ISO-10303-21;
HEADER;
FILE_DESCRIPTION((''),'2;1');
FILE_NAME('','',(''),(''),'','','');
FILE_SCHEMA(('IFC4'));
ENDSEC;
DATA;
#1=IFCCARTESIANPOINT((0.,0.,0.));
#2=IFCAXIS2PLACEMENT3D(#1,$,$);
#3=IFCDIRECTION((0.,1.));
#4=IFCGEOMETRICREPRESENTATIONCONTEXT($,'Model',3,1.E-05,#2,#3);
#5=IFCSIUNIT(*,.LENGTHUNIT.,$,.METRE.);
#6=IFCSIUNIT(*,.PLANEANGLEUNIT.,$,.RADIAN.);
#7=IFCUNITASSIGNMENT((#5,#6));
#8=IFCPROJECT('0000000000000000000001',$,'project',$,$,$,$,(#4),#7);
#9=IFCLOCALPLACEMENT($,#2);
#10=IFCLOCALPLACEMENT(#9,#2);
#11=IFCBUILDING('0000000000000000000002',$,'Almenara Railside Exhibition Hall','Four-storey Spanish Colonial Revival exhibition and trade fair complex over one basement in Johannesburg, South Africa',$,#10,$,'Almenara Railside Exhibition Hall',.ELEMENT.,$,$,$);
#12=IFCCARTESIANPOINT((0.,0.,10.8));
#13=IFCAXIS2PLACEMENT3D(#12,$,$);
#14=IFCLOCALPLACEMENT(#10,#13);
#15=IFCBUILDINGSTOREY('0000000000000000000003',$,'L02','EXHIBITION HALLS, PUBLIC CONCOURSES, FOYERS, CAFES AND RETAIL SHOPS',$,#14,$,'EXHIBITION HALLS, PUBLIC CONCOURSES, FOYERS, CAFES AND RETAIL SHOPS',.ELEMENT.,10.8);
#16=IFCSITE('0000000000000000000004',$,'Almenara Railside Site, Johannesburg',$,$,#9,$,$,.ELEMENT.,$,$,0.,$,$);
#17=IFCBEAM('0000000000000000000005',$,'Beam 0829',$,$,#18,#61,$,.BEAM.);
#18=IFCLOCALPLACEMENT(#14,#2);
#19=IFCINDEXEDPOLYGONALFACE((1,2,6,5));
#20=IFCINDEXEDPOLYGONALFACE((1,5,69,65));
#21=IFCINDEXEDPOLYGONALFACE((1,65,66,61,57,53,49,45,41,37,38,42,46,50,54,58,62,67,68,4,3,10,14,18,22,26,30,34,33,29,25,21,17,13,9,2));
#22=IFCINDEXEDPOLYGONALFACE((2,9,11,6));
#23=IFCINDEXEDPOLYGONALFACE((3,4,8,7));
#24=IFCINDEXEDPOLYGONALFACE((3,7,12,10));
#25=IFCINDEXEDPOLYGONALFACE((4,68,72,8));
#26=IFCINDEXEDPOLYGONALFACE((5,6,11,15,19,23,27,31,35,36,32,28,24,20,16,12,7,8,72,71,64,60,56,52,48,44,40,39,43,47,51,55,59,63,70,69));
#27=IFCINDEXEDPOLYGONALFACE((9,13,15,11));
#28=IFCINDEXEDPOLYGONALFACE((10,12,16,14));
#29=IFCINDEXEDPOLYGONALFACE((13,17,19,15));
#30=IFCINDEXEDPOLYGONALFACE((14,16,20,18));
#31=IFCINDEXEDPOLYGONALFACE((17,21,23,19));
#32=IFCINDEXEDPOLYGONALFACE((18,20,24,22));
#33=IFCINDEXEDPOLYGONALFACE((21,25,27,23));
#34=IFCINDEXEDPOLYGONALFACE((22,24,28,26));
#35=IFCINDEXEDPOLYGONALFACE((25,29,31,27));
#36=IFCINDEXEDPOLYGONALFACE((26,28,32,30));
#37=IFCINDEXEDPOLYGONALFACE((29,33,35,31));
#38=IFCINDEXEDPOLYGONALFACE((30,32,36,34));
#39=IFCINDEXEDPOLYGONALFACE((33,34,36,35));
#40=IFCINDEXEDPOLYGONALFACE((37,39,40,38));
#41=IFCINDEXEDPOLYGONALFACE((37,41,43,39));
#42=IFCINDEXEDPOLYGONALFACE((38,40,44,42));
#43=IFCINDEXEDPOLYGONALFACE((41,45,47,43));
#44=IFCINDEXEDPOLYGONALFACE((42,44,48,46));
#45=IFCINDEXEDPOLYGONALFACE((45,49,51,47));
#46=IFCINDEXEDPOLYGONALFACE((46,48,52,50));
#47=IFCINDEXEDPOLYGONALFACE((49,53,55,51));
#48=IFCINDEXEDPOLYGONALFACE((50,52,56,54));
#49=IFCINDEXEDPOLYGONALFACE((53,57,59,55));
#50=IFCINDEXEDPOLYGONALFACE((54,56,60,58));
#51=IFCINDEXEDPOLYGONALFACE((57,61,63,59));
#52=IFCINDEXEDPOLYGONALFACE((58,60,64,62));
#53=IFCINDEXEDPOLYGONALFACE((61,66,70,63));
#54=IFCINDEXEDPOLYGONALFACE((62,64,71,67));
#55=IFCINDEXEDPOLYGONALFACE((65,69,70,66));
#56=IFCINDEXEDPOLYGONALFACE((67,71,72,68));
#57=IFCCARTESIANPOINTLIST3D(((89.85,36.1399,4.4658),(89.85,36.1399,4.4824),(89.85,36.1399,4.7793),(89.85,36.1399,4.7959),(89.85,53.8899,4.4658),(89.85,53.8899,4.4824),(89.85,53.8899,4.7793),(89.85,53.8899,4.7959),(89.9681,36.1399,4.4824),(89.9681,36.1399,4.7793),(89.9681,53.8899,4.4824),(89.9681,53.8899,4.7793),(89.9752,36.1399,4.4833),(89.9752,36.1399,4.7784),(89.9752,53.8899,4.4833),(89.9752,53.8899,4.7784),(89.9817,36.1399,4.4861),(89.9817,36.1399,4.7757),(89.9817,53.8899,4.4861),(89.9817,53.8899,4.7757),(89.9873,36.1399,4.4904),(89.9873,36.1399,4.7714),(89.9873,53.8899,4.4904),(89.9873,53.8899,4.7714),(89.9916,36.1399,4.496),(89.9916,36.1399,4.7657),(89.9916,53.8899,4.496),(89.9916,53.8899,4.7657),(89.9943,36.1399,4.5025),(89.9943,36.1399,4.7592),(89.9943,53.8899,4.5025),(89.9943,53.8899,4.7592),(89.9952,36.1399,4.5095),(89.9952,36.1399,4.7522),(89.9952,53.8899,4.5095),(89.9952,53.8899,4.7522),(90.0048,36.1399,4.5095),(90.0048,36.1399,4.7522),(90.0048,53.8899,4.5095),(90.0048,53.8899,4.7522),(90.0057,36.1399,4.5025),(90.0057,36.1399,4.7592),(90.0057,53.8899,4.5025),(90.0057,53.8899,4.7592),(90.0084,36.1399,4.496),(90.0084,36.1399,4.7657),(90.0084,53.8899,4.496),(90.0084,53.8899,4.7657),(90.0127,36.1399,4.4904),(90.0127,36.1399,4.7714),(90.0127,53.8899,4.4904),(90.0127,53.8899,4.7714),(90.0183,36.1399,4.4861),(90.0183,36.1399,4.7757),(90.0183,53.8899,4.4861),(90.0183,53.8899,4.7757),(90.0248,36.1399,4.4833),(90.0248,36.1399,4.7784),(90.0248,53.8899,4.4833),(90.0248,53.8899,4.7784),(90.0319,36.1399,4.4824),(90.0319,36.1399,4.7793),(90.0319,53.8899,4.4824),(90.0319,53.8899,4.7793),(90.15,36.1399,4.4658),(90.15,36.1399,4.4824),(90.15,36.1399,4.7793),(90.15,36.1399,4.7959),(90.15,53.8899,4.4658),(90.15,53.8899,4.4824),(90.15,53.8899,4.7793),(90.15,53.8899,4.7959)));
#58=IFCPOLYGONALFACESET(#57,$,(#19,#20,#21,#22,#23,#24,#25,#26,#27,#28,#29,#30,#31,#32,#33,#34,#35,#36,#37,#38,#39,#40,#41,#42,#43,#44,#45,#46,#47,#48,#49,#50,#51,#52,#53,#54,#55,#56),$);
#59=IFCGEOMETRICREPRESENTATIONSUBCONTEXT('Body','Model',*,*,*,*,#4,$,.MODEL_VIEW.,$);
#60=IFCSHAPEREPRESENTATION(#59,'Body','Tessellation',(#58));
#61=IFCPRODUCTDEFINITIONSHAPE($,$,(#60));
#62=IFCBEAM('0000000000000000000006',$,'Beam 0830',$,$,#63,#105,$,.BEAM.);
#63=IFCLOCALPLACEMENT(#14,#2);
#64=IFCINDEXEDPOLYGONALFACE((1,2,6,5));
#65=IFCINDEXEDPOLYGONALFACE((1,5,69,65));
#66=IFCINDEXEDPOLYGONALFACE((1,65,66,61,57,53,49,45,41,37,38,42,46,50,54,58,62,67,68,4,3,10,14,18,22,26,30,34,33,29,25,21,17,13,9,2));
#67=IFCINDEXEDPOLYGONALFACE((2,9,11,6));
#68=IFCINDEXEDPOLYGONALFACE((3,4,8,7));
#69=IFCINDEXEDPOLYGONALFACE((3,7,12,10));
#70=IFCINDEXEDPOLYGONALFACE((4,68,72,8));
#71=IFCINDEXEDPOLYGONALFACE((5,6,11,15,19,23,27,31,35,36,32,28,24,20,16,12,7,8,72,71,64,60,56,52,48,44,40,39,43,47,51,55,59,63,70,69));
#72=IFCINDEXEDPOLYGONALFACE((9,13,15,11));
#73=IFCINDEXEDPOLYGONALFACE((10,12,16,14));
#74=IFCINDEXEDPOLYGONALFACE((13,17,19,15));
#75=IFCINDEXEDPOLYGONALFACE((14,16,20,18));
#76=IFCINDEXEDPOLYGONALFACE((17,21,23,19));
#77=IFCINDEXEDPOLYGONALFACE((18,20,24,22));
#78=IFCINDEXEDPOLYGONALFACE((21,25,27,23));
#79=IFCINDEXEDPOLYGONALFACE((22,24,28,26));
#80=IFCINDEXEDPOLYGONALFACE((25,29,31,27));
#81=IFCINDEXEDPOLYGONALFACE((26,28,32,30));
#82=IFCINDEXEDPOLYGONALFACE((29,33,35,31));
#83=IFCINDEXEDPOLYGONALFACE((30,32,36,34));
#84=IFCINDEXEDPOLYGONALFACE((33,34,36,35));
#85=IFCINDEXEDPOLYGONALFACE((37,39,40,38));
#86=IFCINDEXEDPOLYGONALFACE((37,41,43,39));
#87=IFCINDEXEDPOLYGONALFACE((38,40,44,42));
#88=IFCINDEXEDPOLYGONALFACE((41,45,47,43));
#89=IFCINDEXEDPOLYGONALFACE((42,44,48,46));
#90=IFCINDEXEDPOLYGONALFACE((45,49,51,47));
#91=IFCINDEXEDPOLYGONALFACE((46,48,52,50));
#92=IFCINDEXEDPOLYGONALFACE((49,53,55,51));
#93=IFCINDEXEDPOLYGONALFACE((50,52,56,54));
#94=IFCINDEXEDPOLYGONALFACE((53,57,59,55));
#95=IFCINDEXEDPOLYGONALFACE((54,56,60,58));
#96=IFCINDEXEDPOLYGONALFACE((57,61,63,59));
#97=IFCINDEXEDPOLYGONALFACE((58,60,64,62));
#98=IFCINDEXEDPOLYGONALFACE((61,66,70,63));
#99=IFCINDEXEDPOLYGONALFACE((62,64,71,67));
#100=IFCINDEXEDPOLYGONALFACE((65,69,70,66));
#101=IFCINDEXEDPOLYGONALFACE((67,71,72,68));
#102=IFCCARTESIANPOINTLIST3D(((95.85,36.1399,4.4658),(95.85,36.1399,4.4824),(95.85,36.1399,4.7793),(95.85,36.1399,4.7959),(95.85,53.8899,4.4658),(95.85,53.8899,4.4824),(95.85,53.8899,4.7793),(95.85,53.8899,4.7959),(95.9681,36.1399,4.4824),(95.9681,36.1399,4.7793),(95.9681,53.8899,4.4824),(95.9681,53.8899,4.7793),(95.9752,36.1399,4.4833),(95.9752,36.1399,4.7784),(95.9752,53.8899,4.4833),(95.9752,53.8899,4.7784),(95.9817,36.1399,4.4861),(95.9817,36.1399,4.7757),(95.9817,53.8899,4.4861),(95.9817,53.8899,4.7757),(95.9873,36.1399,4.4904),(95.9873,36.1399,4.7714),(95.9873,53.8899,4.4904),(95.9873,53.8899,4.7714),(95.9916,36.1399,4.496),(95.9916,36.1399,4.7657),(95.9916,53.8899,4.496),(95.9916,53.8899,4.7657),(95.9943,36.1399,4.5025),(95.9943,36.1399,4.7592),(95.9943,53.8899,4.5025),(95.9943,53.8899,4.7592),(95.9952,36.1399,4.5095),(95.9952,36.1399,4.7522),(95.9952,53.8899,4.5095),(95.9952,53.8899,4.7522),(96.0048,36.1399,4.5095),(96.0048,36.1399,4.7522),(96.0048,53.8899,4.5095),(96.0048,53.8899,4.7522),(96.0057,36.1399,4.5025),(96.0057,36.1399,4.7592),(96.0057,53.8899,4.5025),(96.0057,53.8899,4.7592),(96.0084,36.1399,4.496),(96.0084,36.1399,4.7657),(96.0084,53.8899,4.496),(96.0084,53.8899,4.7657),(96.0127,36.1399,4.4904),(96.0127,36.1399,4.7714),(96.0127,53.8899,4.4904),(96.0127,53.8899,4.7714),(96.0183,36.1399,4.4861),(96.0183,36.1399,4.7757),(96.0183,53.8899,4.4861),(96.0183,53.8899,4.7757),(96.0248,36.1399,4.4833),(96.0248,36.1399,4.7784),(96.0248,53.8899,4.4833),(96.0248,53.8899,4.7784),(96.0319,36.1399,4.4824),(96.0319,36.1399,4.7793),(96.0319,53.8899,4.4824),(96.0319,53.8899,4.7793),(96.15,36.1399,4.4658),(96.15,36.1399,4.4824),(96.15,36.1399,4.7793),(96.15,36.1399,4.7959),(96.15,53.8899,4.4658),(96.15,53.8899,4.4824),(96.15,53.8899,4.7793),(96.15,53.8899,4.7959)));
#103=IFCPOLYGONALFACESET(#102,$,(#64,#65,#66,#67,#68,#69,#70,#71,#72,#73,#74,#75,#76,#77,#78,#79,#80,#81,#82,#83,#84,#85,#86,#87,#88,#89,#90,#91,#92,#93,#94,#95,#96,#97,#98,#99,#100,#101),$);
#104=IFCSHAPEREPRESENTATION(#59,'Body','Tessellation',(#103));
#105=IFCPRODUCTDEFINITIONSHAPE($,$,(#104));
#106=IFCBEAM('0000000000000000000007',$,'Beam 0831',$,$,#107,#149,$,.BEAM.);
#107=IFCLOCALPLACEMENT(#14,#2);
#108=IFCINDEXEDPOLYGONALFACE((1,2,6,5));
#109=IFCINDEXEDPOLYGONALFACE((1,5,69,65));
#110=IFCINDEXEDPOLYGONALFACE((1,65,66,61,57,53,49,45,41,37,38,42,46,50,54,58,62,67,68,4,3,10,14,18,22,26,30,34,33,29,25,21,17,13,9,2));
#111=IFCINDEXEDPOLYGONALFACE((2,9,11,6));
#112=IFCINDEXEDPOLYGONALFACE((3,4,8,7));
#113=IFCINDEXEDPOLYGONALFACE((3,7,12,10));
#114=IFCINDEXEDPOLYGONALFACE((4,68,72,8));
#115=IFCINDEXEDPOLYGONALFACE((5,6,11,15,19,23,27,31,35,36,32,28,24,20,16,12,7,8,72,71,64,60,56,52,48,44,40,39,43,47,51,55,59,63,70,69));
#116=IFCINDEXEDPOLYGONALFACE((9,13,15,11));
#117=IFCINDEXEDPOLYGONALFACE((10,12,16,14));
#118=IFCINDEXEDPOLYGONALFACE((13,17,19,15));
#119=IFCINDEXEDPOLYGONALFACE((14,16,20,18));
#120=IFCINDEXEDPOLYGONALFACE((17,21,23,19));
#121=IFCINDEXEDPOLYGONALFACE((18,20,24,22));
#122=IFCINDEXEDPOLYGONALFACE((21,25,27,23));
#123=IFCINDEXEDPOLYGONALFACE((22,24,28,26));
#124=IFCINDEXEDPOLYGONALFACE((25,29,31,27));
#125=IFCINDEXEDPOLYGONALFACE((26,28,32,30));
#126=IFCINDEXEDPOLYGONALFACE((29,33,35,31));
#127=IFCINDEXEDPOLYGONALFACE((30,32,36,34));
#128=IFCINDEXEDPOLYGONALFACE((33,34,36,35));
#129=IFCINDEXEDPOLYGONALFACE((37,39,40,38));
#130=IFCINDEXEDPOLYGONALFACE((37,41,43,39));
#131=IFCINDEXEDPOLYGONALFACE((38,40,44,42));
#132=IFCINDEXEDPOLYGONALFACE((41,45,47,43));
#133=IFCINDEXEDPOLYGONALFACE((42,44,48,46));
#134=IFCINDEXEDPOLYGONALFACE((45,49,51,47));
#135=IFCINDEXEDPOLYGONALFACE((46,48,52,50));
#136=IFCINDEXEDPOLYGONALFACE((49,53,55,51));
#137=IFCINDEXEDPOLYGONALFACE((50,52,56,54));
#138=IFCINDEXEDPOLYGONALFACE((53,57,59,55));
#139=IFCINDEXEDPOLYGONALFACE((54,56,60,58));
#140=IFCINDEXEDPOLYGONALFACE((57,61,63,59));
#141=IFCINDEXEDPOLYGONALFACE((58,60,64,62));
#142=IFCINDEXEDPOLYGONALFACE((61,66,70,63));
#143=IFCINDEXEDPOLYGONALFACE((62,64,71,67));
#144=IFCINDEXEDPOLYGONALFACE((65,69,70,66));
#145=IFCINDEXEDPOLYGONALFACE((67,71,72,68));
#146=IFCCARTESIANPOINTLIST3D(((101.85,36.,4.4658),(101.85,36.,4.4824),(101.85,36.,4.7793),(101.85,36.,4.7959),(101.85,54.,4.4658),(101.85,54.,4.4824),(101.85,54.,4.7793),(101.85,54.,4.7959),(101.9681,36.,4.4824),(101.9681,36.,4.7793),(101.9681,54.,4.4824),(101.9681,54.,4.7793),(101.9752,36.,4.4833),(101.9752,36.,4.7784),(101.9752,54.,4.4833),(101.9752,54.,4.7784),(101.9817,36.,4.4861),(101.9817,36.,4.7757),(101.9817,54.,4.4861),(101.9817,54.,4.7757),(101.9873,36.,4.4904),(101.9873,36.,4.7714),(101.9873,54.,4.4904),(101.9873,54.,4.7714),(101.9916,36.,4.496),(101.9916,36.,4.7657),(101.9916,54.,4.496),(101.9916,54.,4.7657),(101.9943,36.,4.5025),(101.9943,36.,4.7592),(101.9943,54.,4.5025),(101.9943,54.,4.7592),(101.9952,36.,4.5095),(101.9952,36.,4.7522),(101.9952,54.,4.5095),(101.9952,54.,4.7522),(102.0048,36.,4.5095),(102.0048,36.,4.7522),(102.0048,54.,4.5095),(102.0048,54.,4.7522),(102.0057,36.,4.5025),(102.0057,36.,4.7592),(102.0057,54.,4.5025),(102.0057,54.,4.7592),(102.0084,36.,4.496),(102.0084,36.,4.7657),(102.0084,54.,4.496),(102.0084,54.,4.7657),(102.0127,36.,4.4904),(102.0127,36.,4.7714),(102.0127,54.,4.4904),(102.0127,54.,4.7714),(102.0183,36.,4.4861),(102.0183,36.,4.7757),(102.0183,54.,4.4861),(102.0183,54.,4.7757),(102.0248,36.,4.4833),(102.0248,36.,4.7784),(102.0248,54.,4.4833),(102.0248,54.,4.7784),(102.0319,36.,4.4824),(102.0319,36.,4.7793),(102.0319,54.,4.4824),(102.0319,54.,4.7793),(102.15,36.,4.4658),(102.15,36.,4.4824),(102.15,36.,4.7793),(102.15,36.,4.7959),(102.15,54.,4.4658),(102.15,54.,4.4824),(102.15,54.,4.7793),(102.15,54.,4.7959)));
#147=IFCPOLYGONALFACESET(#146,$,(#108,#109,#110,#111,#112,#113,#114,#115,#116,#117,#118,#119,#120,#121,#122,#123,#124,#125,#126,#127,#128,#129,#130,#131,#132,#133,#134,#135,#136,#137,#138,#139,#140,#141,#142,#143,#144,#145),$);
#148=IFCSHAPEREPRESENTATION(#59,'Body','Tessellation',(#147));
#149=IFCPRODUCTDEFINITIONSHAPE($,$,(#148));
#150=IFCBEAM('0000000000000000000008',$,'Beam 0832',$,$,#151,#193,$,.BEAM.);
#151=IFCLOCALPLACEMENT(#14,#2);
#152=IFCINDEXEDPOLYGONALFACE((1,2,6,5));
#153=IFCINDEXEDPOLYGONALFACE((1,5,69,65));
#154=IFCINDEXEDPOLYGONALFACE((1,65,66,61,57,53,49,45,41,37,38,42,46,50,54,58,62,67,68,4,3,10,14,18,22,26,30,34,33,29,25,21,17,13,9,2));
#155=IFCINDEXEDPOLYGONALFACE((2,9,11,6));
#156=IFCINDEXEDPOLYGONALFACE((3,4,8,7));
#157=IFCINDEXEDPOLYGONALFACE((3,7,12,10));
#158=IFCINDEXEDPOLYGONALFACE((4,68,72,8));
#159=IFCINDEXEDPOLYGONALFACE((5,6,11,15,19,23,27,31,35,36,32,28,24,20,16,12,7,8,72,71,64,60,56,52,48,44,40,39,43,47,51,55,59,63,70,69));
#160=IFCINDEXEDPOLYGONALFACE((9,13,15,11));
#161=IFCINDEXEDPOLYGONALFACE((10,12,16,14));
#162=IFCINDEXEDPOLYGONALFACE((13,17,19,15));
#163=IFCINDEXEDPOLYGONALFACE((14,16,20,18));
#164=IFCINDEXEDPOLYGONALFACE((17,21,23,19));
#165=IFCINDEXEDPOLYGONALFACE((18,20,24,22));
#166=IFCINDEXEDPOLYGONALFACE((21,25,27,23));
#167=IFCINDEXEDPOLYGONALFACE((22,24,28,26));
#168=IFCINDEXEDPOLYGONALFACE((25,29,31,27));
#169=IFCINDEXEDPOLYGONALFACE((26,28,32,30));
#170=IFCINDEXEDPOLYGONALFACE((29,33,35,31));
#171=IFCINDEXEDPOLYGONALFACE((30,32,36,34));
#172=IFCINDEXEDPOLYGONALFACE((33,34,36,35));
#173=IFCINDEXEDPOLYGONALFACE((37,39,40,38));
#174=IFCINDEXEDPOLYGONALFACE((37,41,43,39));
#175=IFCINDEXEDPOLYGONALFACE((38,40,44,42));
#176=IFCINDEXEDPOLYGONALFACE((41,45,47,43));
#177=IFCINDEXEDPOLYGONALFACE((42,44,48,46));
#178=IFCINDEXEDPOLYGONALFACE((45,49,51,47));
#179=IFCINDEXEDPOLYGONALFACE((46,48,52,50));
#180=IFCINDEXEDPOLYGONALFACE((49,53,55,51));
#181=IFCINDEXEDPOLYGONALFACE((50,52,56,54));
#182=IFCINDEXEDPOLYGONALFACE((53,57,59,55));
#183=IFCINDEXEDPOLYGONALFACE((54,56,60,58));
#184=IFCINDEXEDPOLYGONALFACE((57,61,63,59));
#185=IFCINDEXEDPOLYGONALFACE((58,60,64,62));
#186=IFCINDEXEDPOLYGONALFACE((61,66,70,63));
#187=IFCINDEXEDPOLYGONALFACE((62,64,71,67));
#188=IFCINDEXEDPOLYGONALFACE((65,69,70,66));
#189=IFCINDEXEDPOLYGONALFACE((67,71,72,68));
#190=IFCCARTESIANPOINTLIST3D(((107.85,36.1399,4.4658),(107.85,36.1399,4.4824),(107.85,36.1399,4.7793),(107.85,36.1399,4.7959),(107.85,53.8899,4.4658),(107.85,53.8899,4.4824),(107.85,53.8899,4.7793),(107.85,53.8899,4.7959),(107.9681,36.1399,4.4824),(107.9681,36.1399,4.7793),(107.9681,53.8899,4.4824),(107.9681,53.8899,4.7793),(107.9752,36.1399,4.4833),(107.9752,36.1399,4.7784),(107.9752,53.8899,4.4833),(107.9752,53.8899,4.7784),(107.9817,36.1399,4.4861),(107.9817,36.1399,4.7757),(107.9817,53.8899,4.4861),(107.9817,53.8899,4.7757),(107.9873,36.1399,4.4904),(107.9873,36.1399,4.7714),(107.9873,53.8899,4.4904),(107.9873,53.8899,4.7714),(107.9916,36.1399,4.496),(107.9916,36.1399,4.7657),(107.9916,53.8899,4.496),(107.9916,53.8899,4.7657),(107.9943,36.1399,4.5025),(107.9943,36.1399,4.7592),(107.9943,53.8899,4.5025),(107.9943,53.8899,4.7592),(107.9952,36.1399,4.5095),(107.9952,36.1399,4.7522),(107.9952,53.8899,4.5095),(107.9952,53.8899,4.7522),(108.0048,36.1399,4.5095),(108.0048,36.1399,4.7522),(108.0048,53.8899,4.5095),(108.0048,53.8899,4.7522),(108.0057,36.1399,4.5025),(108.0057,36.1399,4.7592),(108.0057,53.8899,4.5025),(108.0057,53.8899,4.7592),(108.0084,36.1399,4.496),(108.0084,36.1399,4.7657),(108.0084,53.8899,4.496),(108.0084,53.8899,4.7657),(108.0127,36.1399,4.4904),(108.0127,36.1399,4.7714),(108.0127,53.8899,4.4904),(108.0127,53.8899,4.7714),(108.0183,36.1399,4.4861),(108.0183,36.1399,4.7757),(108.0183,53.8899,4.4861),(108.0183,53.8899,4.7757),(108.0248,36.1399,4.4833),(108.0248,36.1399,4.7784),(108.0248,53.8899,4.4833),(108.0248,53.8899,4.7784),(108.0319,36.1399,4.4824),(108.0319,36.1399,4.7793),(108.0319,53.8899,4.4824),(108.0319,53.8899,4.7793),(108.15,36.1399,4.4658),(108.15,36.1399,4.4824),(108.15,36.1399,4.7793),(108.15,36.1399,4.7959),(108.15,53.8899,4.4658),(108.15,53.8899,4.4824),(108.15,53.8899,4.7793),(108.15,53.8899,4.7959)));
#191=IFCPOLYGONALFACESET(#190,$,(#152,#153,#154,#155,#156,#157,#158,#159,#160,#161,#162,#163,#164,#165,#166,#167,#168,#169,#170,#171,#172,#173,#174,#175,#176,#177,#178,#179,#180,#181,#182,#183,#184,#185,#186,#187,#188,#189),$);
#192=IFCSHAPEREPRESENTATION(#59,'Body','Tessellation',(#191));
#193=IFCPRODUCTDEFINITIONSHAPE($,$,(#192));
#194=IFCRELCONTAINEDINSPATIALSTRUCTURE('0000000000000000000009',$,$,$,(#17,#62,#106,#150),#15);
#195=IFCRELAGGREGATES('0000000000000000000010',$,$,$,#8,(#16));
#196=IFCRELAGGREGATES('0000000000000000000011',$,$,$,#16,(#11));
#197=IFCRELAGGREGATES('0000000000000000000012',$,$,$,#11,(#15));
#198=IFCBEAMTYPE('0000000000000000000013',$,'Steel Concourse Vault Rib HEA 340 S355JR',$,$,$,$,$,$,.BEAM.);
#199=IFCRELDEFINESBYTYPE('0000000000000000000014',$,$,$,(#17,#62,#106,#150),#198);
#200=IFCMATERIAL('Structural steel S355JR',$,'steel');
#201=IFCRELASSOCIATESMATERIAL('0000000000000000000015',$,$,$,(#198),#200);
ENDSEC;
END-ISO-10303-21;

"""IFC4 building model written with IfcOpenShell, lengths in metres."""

from ifc_helpers import new_model, si_unit, direction, frame, origin, origin_2d, place, context, subcontext, project, spatial, i_section, extrude, material, material_profile, profile_set, type_object, element, save


model = new_model("IFC4")

# Units and contexts
model_context = context("Model", 3, precision=1e-05, world=origin(), true_north=direction((0.0, 1.0)))
body_context = subcontext(model_context, "Body", "Model", "MODEL_VIEW")
ifc_project = project(units=[si_unit("LENGTHUNIT", "METRE"), si_unit("PLANEANGLEUNIT", "RADIAN")], contexts=[model_context])

# Site, building, storey
site_placement = place(None, origin())
site = spatial("IfcSite", under=ifc_project, at=site_placement, Name="Almenara Railside Site, Johannesburg", CompositionType="ELEMENT", RefElevation=0.0)
building_placement = place(site_placement, origin())
building = spatial("IfcBuilding", under=site, at=building_placement, Name="Almenara Railside Exhibition Hall", Description="Four-storey Spanish Colonial Revival exhibition and trade fair complex over one basement in Johannesburg, South Africa", LongName="Almenara Railside Exhibition Hall", CompositionType="ELEMENT")
storey_placement = place(building_placement, frame((0.0, 0.0, 10.8)))
storey = spatial("IfcBuildingStorey", under=building, at=storey_placement, Name="L02", Description="EXHIBITION HALLS, PUBLIC CONCOURSES, FOYERS, CAFES AND RETAIL SHOPS", LongName="EXHIBITION HALLS, PUBLIC CONCOURSES, FOYERS, CAFES AND RETAIL SHOPS", CompositionType="ELEMENT", Elevation=10.8)

# Shared definitions
ifc_material_1 = material(Name="Structural steel S355JR", Category="steel")

# Beams
ifc_material_profile_1 = material_profile(ifc_material_1, i_section(OverallWidth=0.3, OverallDepth=0.3301, WebThickness=0.0095, FlangeThickness=0.0166, FilletRadius=0.0271, at=origin_2d()), Name="HEA 340")
ifc_profile_set_1 = profile_set([ifc_material_profile_1], Name="Structural steel S355JR")
beam_type_1 = type_object("IfcBeamType", Name="Steel Concourse Vault Rib HEA 340 S355JR", PredefinedType="BEAM", material=ifc_profile_set_1)
for number, where, z_axis, x_axis, name in (
    (1, (90.0, 36.1399, 4.6309), (0.0, 1.0, 0.0), (-1.0, 0.0, 0.0), "Beam 0829"),
    (2, (96.0, 36.1399, 4.6309), (0.0, 1.0, 0.0), (-1.0, 0.0, 0.0), "Beam 0830"),
):
    element("IfcBeam", number, at=place(storey_placement, frame(where, z_axis=z_axis, x_axis=x_axis)), inside=storey, type_object=beam_type_1, Name=name, PredefinedType="BEAM", context=body_context, shape_type="SweptSolid", body=[
        extrude(i_section(OverallWidth=0.3, OverallDepth=0.3301, WebThickness=0.0095, FlangeThickness=0.0166, FilletRadius=0.0271, at=origin_2d()), origin(), (0.0, 0.0, 1.0), 17.75),
    ])
beam_1_placement = place(storey_placement, frame((102.0, 36.0, 4.6309), z_axis=(0.0, 1.0, 0.0), x_axis=(-1.0, 0.0, 0.0)))
element("IfcBeam", 3, at=beam_1_placement, inside=storey, type_object=beam_type_1, Name="Beam 0831", PredefinedType="BEAM", context=body_context, shape_type="SweptSolid", body=[
    extrude(i_section(OverallWidth=0.3, OverallDepth=0.3301, WebThickness=0.0095, FlangeThickness=0.0166, FilletRadius=0.0271, at=origin_2d()), origin(), (0.0, 0.0, 1.0), 18.0),
])
beam_2_placement = place(storey_placement, frame((108.0, 36.1399, 4.6309), z_axis=(0.0, 1.0, 0.0), x_axis=(-1.0, 0.0, 0.0)))
element("IfcBeam", 4, at=beam_2_placement, inside=storey, type_object=beam_type_1, Name="Beam 0832", PredefinedType="BEAM", context=body_context, shape_type="SweptSolid", body=[
    extrude(i_section(OverallWidth=0.3, OverallDepth=0.3301, WebThickness=0.0095, FlangeThickness=0.0166, FilletRadius=0.0271, at=origin_2d()), origin(), (0.0, 0.0, 1.0), 17.75),
])

save(model, "model.ifc")
